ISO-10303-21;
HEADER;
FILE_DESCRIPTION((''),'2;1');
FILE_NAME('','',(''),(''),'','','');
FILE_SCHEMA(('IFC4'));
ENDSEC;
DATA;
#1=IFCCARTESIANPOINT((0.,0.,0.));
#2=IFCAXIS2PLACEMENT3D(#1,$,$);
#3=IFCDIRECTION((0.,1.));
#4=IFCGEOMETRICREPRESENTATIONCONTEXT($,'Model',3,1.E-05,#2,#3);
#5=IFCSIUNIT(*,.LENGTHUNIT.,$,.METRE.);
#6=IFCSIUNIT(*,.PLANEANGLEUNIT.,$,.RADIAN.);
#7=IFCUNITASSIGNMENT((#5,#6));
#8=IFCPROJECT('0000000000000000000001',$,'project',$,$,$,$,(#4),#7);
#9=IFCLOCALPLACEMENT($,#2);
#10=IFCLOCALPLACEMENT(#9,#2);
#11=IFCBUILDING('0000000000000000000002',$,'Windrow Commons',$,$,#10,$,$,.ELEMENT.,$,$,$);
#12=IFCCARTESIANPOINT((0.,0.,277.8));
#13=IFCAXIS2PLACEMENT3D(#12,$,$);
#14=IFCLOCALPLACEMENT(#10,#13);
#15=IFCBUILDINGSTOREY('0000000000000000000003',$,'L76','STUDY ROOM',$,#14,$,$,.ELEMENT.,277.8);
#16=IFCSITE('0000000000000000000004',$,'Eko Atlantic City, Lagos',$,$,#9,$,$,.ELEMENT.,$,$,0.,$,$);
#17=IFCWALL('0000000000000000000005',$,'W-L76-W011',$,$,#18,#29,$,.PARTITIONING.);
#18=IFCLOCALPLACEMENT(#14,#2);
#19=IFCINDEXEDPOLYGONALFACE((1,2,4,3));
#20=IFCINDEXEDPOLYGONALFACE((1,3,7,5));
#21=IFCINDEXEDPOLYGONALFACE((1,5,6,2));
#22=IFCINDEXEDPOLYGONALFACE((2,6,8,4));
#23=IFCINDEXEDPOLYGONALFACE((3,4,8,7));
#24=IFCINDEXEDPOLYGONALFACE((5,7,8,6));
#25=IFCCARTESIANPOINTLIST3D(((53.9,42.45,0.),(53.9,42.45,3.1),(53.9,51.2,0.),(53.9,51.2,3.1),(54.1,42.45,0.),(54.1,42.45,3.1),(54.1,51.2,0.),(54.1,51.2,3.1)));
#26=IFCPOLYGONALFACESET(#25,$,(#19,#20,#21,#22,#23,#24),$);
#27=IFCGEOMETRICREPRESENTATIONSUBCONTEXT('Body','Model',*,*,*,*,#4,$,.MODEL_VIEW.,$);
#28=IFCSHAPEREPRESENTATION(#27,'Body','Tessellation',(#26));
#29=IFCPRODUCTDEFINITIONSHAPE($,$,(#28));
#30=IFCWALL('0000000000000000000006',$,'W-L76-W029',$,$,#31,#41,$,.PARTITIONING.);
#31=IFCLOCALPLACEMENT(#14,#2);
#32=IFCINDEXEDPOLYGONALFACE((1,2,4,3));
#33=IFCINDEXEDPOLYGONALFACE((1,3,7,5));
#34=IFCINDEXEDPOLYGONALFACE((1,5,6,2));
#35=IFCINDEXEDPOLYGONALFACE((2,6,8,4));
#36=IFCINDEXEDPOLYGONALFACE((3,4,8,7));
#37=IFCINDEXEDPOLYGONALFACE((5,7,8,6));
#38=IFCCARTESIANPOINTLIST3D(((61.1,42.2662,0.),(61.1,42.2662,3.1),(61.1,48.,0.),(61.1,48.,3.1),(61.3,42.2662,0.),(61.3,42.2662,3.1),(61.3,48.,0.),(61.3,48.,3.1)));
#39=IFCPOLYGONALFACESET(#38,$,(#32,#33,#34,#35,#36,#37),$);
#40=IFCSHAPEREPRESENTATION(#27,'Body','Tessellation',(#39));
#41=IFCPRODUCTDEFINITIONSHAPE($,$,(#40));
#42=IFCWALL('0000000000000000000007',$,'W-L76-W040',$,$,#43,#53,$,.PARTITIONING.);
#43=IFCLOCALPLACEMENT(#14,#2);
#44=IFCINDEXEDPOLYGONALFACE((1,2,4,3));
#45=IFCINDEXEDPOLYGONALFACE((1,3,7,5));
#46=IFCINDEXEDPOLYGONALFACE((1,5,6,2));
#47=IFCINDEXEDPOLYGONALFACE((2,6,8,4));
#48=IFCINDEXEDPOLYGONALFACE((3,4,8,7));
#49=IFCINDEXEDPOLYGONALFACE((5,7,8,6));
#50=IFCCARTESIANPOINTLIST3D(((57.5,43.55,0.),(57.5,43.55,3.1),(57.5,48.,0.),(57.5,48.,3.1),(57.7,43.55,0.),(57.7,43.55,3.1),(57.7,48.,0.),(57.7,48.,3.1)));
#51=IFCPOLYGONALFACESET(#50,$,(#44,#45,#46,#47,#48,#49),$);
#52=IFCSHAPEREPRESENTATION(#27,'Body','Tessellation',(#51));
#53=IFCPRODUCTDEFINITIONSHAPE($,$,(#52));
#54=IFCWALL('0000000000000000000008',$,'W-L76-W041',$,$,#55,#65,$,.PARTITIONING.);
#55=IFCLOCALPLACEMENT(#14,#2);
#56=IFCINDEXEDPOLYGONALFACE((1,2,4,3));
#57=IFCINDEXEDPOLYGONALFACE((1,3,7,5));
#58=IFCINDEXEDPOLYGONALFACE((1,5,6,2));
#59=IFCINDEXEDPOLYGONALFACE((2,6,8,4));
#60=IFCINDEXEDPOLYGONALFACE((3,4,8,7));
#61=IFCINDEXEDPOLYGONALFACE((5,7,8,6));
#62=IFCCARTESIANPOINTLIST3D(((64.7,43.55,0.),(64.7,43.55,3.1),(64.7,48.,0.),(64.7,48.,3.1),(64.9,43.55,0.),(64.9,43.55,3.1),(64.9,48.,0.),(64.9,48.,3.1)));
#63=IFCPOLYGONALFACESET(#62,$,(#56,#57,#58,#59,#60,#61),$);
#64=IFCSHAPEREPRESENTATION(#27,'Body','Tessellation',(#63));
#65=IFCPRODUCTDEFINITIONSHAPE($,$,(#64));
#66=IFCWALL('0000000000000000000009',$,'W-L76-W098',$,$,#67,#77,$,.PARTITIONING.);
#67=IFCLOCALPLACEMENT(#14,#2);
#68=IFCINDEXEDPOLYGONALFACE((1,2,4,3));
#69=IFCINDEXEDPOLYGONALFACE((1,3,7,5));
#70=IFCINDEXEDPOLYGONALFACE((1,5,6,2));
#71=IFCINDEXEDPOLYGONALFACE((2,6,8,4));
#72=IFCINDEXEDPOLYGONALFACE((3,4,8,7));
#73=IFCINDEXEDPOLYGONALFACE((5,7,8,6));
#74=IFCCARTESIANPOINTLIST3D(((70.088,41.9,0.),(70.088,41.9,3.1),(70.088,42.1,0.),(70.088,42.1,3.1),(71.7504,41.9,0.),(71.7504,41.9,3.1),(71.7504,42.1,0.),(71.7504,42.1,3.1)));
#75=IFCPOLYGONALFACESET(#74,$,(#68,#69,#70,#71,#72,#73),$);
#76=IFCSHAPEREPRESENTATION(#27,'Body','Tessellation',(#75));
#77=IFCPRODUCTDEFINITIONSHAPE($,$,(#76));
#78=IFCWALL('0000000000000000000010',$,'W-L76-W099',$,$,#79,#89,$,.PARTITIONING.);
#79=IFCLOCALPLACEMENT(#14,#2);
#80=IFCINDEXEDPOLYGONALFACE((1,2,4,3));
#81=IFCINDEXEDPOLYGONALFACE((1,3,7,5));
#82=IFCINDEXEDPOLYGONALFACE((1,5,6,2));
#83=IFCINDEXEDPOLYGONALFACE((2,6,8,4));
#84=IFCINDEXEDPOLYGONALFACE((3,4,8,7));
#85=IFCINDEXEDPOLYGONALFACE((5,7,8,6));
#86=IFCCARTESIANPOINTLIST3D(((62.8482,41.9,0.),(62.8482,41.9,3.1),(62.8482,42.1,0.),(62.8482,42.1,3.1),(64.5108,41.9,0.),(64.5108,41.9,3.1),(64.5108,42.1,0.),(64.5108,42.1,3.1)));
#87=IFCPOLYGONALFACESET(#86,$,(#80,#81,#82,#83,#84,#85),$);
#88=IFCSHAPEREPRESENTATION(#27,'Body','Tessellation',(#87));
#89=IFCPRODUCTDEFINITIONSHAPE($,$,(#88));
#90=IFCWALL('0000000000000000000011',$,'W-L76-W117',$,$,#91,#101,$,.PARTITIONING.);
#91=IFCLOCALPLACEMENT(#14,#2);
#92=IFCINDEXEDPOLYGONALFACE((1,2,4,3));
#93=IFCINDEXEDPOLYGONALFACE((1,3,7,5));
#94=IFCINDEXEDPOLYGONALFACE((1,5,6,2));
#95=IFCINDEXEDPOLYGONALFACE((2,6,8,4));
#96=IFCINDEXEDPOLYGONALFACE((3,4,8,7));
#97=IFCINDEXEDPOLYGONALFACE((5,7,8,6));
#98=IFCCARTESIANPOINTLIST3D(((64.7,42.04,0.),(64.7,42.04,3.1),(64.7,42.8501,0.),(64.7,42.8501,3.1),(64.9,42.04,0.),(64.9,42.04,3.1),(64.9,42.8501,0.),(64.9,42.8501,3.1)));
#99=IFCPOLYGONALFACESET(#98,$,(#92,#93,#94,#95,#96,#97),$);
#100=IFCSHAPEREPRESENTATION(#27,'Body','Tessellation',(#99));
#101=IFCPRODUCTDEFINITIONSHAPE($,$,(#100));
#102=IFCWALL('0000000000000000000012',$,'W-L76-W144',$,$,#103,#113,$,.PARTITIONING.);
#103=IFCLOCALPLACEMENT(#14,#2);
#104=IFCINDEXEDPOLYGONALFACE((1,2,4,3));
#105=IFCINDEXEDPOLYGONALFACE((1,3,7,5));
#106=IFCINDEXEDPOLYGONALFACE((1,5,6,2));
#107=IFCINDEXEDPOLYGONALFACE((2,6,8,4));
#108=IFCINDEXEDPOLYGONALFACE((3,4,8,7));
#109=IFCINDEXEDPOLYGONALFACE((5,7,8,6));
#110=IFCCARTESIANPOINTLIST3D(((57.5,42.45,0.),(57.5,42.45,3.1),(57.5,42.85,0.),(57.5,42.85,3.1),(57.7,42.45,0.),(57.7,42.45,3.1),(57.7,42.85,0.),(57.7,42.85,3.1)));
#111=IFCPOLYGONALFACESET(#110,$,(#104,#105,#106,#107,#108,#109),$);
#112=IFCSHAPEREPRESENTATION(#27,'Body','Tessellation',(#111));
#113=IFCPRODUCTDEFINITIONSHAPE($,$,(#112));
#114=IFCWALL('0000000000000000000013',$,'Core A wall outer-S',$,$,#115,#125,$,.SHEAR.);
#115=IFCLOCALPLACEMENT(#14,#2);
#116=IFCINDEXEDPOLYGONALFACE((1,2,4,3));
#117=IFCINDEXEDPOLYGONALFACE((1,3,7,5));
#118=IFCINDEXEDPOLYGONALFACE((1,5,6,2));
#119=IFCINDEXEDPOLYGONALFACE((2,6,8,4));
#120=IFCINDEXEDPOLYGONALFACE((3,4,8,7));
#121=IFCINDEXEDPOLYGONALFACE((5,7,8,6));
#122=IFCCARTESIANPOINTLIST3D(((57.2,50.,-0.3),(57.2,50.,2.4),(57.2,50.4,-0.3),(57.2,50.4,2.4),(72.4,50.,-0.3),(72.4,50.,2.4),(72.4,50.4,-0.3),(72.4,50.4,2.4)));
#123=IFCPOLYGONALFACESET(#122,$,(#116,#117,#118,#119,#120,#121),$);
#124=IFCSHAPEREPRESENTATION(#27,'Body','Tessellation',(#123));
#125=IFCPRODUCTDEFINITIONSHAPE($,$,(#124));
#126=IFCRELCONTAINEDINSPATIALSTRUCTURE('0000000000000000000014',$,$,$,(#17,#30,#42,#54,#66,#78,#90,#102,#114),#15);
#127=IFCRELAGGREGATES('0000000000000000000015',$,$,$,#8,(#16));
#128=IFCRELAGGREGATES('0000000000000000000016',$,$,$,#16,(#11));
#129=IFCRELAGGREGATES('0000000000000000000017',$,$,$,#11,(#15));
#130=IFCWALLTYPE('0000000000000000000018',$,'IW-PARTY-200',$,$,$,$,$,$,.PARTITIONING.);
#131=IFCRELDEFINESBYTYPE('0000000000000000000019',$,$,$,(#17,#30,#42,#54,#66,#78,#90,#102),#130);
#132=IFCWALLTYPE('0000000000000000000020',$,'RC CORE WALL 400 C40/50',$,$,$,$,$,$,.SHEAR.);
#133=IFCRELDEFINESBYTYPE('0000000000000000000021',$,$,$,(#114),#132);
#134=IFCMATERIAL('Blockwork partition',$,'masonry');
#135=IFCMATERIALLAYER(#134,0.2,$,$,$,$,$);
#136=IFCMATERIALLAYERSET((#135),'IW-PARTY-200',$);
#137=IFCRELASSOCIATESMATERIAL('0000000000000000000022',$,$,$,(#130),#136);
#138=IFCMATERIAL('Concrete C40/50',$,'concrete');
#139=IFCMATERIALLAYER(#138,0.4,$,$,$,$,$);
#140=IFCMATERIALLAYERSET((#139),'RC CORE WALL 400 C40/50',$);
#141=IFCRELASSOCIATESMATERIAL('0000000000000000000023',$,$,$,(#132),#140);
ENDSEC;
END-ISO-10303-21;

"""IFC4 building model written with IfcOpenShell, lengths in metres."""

from ifc_helpers import new_model, si_unit, direction, frame, frame_2d, origin, place, context, subcontext, project, spatial, rectangle, extrude, material, layer, layer_set, type_object, element, save


model = new_model("IFC4")

# Units and contexts
model_context = context("Model", 3, precision=1e-05, world=origin(), true_north=direction((0.0, 1.0)))
body_context = subcontext(model_context, "Body", "Model", "MODEL_VIEW")
ifc_project = project(units=[si_unit("LENGTHUNIT", "METRE"), si_unit("PLANEANGLEUNIT", "RADIAN")], contexts=[model_context])

# Site, building, storey
site_placement = place(None, origin())
site = spatial("IfcSite", under=ifc_project, at=site_placement, Name="Eko Atlantic City, Lagos", CompositionType="ELEMENT", RefElevation=0.0)
building_placement = place(site_placement, origin())
building = spatial("IfcBuilding", under=site, at=building_placement, Name="Windrow Commons", CompositionType="ELEMENT")
storey_placement = place(building_placement, frame((0.0, 0.0, 277.8)))
storey = spatial("IfcBuildingStorey", under=building, at=storey_placement, Name="L76", Description="STUDY ROOM", CompositionType="ELEMENT", Elevation=277.8)

# Walls
ifc_material_1 = material(Name="Blockwork partition", Category="masonry")
ifc_layer_1 = layer(ifc_material_1, 0.2)
ifc_layer_set_1 = layer_set([ifc_layer_1], Name="IW-PARTY-200")
wall_type_1 = type_object("IfcWallType", Name="IW-PARTY-200", PredefinedType="PARTITIONING", material=ifc_layer_set_1)
wall_1_placement = place(storey_placement, frame((54.0, 42.45, 0.0), z_axis=(0.0, 0.0, 1.0), x_axis=(0.0, 1.0, 0.0)))
element("IfcWall", 1, at=wall_1_placement, inside=storey, type_object=wall_type_1, Name="W-L76-W011", PredefinedType="PARTITIONING", context=body_context, shape_type="SweptSolid", body=[
    extrude(rectangle(XDim=8.75, YDim=0.2, at=frame_2d((4.375, 0.0))), origin(), (0.0, 0.0, 1.0), 3.1),
])
wall_2_placement = place(storey_placement, frame((61.2, 42.2662, 0.0), z_axis=(0.0, 0.0, 1.0), x_axis=(0.0, 1.0, 0.0)))
element("IfcWall", 2, at=wall_2_placement, inside=storey, type_object=wall_type_1, Name="W-L76-W029", PredefinedType="PARTITIONING", context=body_context, shape_type="SweptSolid", body=[
    extrude(rectangle(XDim=5.7338, YDim=0.2, at=frame_2d((2.8669, 0.0))), origin(), (0.0, 0.0, 1.0), 3.1),
])
for number, where, z_axis, x_axis, name in (
    (3, (57.6, 43.55, 0.0), (0.0, 0.0, 1.0), (0.0, 1.0, 0.0), "W-L76-W040"),
    (4, (64.8, 43.55, 0.0), (0.0, 0.0, 1.0), (0.0, 1.0, 0.0), "W-L76-W041"),
):
    element("IfcWall", number, at=place(storey_placement, frame(where, z_axis=z_axis, x_axis=x_axis)), inside=storey, type_object=wall_type_1, Name=name, PredefinedType="PARTITIONING", context=body_context, shape_type="SweptSolid", body=[
        extrude(rectangle(XDim=4.45, YDim=0.2, at=frame_2d((2.225, 0.0))), origin(), (0.0, 0.0, 1.0), 3.1),
    ])
for number, where, z_axis, x_axis, name in (
    (5, (70.0879, 42.0, 0.0), (0.0, 0.0, 1.0), (1.0, 0.0, 0.0), "W-L76-W098"),
    (6, (62.8482, 42.0, 0.0), (0.0, 0.0, 1.0), (1.0, 0.0, 0.0), "W-L76-W099"),
):
    element("IfcWall", number, at=place(storey_placement, frame(where, z_axis=z_axis, x_axis=x_axis)), inside=storey, type_object=wall_type_1, Name=name, PredefinedType="PARTITIONING", context=body_context, shape_type="SweptSolid", body=[
        extrude(rectangle(XDim=1.6625, YDim=0.2, at=frame_2d((0.8313, 0.0))), origin(), (0.0, 0.0, 1.0), 3.1),
    ])
wall_3_placement = place(storey_placement, frame((64.8, 42.0399, 0.0), z_axis=(0.0, 0.0, 1.0), x_axis=(0.0, 1.0, 0.0)))
element("IfcWall", 7, at=wall_3_placement, inside=storey, type_object=wall_type_1, Name="W-L76-W117", PredefinedType="PARTITIONING", context=body_context, shape_type="SweptSolid", body=[
    extrude(rectangle(XDim=0.8101, YDim=0.2, at=frame_2d((0.4051, 0.0))), origin(), (0.0, 0.0, 1.0), 3.1),
])
wall_4_placement = place(storey_placement, frame((57.6, 42.45, 0.0), z_axis=(0.0, 0.0, 1.0), x_axis=(0.0, 1.0, 0.0)))
element("IfcWall", 8, at=wall_4_placement, inside=storey, type_object=wall_type_1, Name="W-L76-W144", PredefinedType="PARTITIONING", context=body_context, shape_type="SweptSolid", body=[
    extrude(rectangle(XDim=0.4, YDim=0.2, at=frame_2d((0.2, 0.0))), origin(), (0.0, 0.0, 1.0), 3.1),
])
ifc_material_2 = material(Name="Concrete C40/50", Category="concrete")
ifc_layer_2 = layer(ifc_material_2, 0.4)
ifc_layer_set_2 = layer_set([ifc_layer_2], Name="RC CORE WALL 400 C40/50")
wall_type_2 = type_object("IfcWallType", Name="RC CORE WALL 400 C40/50", PredefinedType="SHEAR", material=ifc_layer_set_2)
wall_5_placement = place(storey_placement, frame((57.2, 50.2, -0.3), z_axis=(0.0, 0.0, 1.0), x_axis=(1.0, 0.0, 0.0)))
element("IfcWall", 9, at=wall_5_placement, inside=storey, type_object=wall_type_2, Name="Core A wall outer-S", PredefinedType="SHEAR", context=body_context, shape_type="SweptSolid", body=[
    extrude(rectangle(XDim=15.2, YDim=0.4, at=frame_2d((7.6, 0.0))), origin(), (0.0, 0.0, 1.0), 2.7),
])

save(model, "model.ifc")
